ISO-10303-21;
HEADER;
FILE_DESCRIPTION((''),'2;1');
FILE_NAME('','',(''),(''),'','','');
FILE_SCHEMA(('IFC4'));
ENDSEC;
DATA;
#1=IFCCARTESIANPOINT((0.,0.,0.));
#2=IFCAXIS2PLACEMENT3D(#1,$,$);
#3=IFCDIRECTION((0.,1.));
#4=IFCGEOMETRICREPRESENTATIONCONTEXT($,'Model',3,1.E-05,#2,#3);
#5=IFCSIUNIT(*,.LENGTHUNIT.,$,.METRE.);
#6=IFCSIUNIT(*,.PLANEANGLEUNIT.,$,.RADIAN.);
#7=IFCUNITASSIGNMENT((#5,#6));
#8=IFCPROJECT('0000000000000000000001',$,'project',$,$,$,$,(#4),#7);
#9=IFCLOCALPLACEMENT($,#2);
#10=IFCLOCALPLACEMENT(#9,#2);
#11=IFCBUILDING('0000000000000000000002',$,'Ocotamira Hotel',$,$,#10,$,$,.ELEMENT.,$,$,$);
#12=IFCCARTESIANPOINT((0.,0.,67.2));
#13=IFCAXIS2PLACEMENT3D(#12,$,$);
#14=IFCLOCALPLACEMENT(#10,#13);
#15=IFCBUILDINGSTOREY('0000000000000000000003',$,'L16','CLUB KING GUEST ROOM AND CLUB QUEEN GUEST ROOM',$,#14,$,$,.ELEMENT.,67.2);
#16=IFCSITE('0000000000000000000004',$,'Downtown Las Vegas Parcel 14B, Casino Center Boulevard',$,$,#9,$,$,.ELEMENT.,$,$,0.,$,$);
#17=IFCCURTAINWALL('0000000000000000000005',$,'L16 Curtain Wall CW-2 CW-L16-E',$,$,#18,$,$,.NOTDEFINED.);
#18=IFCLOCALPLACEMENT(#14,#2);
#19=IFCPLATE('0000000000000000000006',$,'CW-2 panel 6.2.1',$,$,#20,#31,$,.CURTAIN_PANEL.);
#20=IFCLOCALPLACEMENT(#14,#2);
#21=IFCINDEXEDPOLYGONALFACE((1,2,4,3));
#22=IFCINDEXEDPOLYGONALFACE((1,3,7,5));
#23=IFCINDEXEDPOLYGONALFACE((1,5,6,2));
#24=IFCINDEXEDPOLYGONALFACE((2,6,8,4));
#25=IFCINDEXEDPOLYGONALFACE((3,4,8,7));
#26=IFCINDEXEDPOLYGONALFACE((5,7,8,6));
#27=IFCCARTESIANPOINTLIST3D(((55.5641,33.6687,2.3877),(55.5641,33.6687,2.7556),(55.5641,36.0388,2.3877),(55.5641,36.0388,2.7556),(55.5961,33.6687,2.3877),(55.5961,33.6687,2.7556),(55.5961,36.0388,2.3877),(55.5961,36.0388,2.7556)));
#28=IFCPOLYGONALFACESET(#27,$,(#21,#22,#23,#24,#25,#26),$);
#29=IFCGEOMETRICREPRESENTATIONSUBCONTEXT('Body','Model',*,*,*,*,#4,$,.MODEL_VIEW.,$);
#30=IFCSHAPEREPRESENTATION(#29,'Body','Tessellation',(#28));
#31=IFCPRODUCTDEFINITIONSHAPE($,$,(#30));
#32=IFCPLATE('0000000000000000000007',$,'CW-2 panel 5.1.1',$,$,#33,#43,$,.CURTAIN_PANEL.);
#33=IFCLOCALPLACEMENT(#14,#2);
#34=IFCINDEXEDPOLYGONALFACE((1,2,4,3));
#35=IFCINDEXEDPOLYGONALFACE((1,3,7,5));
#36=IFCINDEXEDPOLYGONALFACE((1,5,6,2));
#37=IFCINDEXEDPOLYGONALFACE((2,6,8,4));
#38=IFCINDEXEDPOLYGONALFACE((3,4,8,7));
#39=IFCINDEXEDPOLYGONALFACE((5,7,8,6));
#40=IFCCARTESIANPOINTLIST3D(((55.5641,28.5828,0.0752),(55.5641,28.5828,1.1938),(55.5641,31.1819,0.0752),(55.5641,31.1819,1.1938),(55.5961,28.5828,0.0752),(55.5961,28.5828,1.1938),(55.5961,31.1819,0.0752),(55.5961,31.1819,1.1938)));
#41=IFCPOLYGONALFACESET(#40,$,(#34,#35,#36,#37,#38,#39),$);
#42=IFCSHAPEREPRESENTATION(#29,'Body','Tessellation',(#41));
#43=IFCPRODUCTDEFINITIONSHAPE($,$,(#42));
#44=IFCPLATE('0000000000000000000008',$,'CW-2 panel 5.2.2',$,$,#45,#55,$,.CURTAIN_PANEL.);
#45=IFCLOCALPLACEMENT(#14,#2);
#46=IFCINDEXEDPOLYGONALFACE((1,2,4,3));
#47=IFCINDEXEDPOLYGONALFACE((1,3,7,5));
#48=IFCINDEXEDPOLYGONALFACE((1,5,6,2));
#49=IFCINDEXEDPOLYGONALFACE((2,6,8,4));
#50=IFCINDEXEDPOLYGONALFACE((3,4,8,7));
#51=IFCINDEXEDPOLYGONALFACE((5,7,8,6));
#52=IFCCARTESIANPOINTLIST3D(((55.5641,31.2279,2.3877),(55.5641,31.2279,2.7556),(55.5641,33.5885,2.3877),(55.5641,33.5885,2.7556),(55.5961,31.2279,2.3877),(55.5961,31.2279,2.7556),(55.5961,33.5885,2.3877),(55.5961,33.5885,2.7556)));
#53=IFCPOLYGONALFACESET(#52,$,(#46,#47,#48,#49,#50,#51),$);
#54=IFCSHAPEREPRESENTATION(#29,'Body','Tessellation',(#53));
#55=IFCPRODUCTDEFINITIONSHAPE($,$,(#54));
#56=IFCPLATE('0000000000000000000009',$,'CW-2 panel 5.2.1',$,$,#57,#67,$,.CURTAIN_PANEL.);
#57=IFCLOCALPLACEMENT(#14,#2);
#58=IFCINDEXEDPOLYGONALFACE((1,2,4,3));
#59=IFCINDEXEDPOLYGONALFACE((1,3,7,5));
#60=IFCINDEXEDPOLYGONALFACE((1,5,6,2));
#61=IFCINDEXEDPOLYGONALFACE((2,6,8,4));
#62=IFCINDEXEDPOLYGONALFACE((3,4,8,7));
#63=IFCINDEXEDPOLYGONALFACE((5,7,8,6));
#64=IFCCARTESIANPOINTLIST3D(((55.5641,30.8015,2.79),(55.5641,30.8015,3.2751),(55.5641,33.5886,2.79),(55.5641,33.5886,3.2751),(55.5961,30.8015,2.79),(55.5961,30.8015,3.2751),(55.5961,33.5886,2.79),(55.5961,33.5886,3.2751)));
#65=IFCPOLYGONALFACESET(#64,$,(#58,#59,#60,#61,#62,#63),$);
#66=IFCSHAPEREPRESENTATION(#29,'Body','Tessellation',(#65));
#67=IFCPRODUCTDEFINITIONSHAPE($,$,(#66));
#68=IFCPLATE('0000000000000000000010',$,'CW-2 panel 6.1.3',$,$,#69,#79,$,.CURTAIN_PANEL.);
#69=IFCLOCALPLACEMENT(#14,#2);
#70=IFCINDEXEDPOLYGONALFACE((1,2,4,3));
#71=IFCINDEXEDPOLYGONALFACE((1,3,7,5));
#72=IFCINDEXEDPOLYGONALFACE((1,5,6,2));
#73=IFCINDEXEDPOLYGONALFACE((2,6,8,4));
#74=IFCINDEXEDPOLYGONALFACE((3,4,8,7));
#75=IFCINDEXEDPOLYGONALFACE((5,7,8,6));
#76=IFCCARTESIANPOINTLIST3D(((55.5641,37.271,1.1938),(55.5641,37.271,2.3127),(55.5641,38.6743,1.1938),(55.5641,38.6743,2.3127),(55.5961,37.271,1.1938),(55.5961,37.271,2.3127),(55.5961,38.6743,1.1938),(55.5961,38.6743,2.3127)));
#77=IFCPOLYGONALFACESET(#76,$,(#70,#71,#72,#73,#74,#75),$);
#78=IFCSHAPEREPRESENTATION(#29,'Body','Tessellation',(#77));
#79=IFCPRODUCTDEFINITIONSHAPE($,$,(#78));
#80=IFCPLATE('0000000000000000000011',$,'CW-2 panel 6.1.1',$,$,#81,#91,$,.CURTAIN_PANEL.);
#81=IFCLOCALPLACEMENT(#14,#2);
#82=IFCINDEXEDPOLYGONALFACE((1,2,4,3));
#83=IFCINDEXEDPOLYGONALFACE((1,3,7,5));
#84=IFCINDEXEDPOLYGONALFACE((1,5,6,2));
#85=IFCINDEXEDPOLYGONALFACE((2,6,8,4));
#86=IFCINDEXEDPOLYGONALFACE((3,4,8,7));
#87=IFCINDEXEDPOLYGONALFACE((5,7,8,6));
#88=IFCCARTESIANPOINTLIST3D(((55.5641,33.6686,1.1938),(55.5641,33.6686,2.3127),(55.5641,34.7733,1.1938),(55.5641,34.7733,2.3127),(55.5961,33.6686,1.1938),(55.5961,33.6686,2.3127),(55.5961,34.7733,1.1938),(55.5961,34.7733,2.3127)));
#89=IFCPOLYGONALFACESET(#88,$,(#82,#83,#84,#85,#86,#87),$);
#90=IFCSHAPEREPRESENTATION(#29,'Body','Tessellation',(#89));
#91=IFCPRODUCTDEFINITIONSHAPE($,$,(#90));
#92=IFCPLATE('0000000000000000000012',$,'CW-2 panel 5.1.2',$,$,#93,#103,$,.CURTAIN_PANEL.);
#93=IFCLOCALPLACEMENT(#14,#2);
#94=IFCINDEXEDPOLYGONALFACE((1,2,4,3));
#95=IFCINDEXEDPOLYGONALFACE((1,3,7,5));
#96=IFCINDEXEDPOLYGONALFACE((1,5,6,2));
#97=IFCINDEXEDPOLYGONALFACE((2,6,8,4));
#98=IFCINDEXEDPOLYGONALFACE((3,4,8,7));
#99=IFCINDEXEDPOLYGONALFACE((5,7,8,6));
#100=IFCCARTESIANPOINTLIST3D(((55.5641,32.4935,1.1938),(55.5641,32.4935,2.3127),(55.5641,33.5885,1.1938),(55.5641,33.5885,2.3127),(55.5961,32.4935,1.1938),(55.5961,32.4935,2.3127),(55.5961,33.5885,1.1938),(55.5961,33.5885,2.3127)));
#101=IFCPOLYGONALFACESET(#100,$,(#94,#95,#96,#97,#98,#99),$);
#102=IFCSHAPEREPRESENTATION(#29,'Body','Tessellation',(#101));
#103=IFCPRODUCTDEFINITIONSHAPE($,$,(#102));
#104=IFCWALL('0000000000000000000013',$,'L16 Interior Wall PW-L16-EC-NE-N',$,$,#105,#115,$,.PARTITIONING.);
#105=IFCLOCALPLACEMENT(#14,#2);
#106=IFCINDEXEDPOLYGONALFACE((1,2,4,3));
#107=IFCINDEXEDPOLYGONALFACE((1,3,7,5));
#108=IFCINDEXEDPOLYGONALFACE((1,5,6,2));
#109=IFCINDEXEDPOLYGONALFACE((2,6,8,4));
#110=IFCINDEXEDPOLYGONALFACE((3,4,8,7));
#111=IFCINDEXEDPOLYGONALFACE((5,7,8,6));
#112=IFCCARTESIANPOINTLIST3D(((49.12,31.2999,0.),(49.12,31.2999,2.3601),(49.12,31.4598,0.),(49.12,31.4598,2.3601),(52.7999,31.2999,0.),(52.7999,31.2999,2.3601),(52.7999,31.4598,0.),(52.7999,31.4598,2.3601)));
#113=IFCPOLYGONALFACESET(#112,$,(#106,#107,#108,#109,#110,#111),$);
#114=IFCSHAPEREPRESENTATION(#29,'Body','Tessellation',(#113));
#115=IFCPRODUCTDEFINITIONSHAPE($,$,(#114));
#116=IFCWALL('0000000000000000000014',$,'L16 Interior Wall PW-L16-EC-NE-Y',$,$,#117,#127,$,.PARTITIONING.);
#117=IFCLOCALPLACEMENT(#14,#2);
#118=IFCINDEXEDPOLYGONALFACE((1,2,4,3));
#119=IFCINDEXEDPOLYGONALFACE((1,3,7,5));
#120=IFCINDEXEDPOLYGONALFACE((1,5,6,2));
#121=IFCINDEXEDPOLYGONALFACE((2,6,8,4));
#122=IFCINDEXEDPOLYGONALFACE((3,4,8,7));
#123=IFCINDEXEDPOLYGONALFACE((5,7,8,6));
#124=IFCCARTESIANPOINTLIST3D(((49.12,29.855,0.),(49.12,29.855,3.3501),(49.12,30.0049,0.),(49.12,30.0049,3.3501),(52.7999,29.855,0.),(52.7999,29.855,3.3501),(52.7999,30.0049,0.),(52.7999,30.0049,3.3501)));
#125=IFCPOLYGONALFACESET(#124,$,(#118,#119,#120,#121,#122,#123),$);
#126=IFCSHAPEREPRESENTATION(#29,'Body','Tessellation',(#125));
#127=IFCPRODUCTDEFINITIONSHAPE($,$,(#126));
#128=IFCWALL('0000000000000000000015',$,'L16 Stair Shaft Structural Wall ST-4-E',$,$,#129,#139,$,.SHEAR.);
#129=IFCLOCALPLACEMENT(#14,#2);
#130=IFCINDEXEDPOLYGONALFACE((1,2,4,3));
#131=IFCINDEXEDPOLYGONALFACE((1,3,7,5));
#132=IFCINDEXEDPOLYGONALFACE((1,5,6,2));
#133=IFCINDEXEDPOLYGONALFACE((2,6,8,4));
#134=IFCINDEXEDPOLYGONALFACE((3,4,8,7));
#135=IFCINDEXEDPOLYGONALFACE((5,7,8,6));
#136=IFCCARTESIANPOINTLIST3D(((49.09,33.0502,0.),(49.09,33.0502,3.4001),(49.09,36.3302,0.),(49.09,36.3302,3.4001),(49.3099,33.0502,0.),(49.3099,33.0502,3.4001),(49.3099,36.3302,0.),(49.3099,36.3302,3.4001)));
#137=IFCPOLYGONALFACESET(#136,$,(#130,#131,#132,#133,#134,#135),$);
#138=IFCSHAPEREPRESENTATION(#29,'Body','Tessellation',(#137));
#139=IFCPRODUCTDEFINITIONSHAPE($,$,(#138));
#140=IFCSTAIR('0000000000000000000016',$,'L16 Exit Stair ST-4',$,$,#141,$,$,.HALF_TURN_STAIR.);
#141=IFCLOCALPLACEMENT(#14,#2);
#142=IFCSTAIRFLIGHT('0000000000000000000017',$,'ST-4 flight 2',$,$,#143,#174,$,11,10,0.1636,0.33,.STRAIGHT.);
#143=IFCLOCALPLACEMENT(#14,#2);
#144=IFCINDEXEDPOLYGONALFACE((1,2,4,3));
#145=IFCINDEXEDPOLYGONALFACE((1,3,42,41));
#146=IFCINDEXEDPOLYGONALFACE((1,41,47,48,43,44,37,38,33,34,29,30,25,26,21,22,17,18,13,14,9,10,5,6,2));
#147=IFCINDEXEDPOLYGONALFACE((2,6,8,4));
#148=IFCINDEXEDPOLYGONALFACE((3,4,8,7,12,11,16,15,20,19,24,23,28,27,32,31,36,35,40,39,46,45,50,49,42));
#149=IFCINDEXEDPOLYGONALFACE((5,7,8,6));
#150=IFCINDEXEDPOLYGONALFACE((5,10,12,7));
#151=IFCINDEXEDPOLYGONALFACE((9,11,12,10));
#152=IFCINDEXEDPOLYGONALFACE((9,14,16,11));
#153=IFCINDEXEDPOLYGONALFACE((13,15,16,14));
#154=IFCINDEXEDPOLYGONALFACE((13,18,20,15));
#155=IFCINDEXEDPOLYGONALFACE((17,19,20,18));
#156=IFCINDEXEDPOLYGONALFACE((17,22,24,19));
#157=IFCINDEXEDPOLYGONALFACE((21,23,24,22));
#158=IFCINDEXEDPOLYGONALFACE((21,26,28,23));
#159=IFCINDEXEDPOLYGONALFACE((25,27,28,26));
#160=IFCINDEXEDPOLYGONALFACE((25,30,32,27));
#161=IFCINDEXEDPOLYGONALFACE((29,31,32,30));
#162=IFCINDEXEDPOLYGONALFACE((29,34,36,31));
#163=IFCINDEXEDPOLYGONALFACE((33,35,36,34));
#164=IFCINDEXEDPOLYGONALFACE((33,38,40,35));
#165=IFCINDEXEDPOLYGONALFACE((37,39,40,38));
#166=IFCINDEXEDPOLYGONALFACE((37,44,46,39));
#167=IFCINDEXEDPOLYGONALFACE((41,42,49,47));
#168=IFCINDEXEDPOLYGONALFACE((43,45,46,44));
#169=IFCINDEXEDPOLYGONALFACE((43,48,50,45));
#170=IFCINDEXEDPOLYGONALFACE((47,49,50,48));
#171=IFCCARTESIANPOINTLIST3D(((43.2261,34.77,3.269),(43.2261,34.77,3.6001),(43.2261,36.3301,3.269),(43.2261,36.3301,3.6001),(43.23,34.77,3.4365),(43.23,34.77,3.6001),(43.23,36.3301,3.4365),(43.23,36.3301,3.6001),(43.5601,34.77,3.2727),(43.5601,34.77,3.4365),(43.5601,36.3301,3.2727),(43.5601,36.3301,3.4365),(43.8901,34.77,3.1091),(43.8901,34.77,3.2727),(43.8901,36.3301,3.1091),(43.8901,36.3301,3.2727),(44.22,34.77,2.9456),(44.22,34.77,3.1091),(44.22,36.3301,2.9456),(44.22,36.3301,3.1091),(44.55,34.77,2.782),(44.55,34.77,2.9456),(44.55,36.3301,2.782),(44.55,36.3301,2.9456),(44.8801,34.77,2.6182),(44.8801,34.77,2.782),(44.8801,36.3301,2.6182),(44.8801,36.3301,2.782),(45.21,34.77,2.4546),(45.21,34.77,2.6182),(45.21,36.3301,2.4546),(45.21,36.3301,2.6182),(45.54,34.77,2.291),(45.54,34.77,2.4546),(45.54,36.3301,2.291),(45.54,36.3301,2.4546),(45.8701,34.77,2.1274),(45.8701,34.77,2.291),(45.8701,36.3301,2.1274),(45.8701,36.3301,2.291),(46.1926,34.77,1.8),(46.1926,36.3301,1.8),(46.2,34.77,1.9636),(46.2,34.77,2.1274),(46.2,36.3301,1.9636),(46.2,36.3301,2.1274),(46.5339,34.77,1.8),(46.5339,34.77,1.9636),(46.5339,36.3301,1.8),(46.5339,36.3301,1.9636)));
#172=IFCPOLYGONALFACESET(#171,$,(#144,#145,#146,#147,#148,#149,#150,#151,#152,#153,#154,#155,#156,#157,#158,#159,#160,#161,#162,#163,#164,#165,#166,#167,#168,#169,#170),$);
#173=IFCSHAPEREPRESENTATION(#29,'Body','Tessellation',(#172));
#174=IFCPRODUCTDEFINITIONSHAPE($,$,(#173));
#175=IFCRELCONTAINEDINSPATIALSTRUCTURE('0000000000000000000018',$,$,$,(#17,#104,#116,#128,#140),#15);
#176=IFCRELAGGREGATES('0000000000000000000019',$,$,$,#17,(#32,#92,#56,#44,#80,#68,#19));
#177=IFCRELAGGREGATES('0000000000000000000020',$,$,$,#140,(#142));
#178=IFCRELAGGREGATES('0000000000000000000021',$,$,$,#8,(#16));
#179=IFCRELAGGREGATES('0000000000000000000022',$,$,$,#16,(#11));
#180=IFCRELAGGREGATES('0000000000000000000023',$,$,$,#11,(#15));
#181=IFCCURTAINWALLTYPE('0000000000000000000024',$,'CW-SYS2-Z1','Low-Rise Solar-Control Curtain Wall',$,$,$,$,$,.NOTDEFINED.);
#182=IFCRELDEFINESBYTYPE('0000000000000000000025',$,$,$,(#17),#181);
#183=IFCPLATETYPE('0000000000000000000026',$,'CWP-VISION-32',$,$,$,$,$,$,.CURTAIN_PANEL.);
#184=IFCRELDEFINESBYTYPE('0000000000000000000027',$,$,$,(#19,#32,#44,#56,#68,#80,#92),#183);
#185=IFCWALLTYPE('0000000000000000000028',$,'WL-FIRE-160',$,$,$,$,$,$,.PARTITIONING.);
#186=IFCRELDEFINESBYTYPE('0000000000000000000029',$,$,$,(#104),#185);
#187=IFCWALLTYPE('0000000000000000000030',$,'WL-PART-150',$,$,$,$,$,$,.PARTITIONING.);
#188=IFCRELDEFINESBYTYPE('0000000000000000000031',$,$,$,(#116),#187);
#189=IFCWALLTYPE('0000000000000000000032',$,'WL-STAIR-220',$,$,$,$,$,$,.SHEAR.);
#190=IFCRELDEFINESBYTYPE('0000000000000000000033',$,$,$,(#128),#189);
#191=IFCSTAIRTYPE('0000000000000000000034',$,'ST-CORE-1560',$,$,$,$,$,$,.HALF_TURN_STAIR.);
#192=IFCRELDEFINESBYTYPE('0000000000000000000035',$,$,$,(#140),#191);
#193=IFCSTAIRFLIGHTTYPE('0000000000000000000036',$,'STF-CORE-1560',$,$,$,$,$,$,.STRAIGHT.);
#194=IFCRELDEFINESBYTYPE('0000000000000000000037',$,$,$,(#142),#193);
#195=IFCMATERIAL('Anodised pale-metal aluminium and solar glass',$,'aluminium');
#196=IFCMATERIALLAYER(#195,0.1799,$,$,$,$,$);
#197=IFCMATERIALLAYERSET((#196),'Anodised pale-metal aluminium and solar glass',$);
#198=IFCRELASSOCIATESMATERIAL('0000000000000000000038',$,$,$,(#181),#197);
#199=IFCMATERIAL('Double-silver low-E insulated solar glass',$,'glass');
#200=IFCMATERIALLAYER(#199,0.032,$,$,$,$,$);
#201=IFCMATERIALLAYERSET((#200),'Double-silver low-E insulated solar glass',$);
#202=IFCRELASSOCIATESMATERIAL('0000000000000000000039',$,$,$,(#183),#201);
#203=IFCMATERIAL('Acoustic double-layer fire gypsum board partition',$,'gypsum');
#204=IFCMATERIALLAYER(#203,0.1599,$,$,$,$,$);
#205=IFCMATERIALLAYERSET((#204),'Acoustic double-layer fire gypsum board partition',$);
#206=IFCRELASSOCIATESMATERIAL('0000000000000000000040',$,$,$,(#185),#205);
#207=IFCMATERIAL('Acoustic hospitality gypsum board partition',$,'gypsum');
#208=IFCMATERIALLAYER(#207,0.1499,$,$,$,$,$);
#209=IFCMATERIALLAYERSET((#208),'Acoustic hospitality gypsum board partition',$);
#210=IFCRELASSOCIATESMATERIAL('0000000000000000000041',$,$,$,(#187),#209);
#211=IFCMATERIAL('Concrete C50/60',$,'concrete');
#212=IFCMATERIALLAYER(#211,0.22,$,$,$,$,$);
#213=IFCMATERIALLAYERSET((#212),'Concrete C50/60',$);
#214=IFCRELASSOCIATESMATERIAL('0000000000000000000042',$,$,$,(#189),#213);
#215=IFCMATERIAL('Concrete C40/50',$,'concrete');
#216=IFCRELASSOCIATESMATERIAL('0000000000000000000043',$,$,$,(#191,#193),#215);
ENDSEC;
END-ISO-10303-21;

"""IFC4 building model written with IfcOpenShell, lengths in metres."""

from ifc_helpers import new_model, si_unit, direction, frame, frame_2d, origin, origin_2d, place, context, subcontext, project, spatial, polyline, rectangle, outline, extrude, source, transform, mapped, material, layer, layer_set, type_object, element, aggregate, save


model = new_model("IFC4")

# Units and contexts
model_context = context("Model", 3, precision=1e-05, world=origin(), true_north=direction((0.0, 1.0)))
body_context = subcontext(model_context, "Body", "Model", "MODEL_VIEW")
ifc_project = project(units=[si_unit("LENGTHUNIT", "METRE"), si_unit("PLANEANGLEUNIT", "RADIAN")], contexts=[model_context])

# Site, building, storey
site_placement = place(None, origin())
site = spatial("IfcSite", under=ifc_project, at=site_placement, Name="Downtown Las Vegas Parcel 14B, Casino Center Boulevard", CompositionType="ELEMENT", RefElevation=0.0)
building_placement = place(site_placement, origin())
building = spatial("IfcBuilding", under=site, at=building_placement, Name="Ocotamira Hotel", CompositionType="ELEMENT")
storey_placement = place(building_placement, frame((0.0, 0.0, 67.2)))
storey = spatial("IfcBuildingStorey", under=building, at=storey_placement, Name="L16", Description="CLUB KING GUEST ROOM AND CLUB QUEEN GUEST ROOM", CompositionType="ELEMENT", Elevation=67.2)

# Curtain wall
ifc_material_1 = material(Name="Anodised pale-metal aluminium and solar glass", Category="aluminium")
ifc_layer_1 = layer(ifc_material_1, 0.1799)
ifc_layer_set_1 = layer_set([ifc_layer_1], Name="Anodised pale-metal aluminium and solar glass")
curtain_wall_type = type_object("IfcCurtainWallType", Name="CW-SYS2-Z1", Description="Low-Rise Solar-Control Curtain Wall", PredefinedType="NOTDEFINED", material=ifc_layer_set_1)
curtain_wall_placement = place(storey_placement, origin())
curtain_wall = element("IfcCurtainWall", 1, at=curtain_wall_placement, inside=storey, type_object=curtain_wall_type, Name="L16 Curtain Wall CW-2 CW-L16-E", PredefinedType="NOTDEFINED")

# Plates
ifc_material_2 = material(Name="Double-silver low-E insulated solar glass", Category="glass")
ifc_layer_2 = layer(ifc_material_2, 0.032)
ifc_layer_set_2 = layer_set([ifc_layer_2], Name="Double-silver low-E insulated solar glass")
plate_type_1 = type_object("IfcPlateType", Name="CWP-VISION-32", PredefinedType="CURTAIN_PANEL", material=ifc_layer_set_2)
shared_shape_1 = source(origin(), body_context, "Body", "SweptSolid", [
    extrude(rectangle(XDim=2.3701, YDim=0.032, at=origin_2d()), origin(), (0.0, 0.0, 1.0), 0.3679),
])
plate_1_placement = place(storey_placement, frame((55.5801, 34.8538, 2.3877), z_axis=(0.0, 0.0, 1.0), x_axis=(0.0, 1.0, 0.0)))
plate_1 = element("IfcPlate", 2, at=plate_1_placement, type_object=plate_type_1, Name="CW-2 panel 6.2.1", PredefinedType="CURTAIN_PANEL", context=body_context, shape_type="MappedRepresentation", body=[
    mapped(shared_shape_1, transform((0.0, 0.0, 0.0), scale=1.0)),
])
shared_shape_2 = source(origin(), body_context, "Body", "SweptSolid", [
    extrude(rectangle(XDim=2.5991, YDim=0.032, at=origin_2d()), origin(), (0.0, 0.0, 1.0), 1.1187),
])
plate_2_placement = place(storey_placement, frame((55.5801, 29.8823, 0.0752), z_axis=(0.0, 0.0, 1.0), x_axis=(0.0, 1.0, 0.0)))
plate_2 = element("IfcPlate", 3, at=plate_2_placement, type_object=plate_type_1, Name="CW-2 panel 5.1.1", PredefinedType="CURTAIN_PANEL", context=body_context, shape_type="MappedRepresentation", body=[
    mapped(shared_shape_2, transform((0.0, 0.0, 0.0), scale=1.0)),
])
shared_shape_3 = source(origin(), body_context, "Body", "SweptSolid", [
    extrude(rectangle(XDim=2.3606, YDim=0.032, at=origin_2d()), origin(), (0.0, 0.0, 1.0), 0.3679),
])
plate_3_placement = place(storey_placement, frame((55.5801, 32.4082, 2.3877), z_axis=(0.0, 0.0, 1.0), x_axis=(0.0, 1.0, 0.0)))
plate_3 = element("IfcPlate", 4, at=plate_3_placement, type_object=plate_type_1, Name="CW-2 panel 5.2.2", PredefinedType="CURTAIN_PANEL", context=body_context, shape_type="MappedRepresentation", body=[
    mapped(shared_shape_3, transform((0.0, 0.0, 0.0), scale=1.0)),
])
shared_shape_4 = source(origin(), body_context, "Body", "SweptSolid", [
    extrude(rectangle(XDim=2.7871, YDim=0.032, at=origin_2d()), origin(), (0.0, 0.0, 1.0), 0.4851),
])
plate_4_placement = place(storey_placement, frame((55.5801, 32.1951, 2.79), z_axis=(0.0, 0.0, 1.0), x_axis=(0.0, 1.0, 0.0)))
plate_4 = element("IfcPlate", 5, at=plate_4_placement, type_object=plate_type_1, Name="CW-2 panel 5.2.1", PredefinedType="CURTAIN_PANEL", context=body_context, shape_type="MappedRepresentation", body=[
    mapped(shared_shape_4, transform((0.0, 0.0, 0.0), scale=1.0)),
])
shared_shape_5 = source(origin(), body_context, "Body", "SweptSolid", [
    extrude(rectangle(XDim=1.4033, YDim=0.032, at=origin_2d()), origin(), (0.0, 0.0, 1.0), 1.1189),
])
plate_5_placement = place(storey_placement, frame((55.5801, 37.9727, 1.1938), z_axis=(0.0, 0.0, 1.0), x_axis=(0.0, 1.0, 0.0)))
plate_5 = element("IfcPlate", 6, at=plate_5_placement, type_object=plate_type_1, Name="CW-2 panel 6.1.3", PredefinedType="CURTAIN_PANEL", context=body_context, shape_type="MappedRepresentation", body=[
    mapped(shared_shape_5, transform((0.0, 0.0, 0.0), scale=1.0)),
])
shared_shape_6 = source(origin(), body_context, "Body", "SweptSolid", [
    extrude(rectangle(XDim=1.1047, YDim=0.032, at=origin_2d()), origin(), (0.0, 0.0, 1.0), 1.1189),
])
plate_6_placement = place(storey_placement, frame((55.5801, 34.2209, 1.1938), z_axis=(0.0, 0.0, 1.0), x_axis=(0.0, 1.0, 0.0)))
plate_6 = element("IfcPlate", 7, at=plate_6_placement, type_object=plate_type_1, Name="CW-2 panel 6.1.1", PredefinedType="CURTAIN_PANEL", context=body_context, shape_type="MappedRepresentation", body=[
    mapped(shared_shape_6, transform((0.0, 0.0, 0.0), scale=1.0)),
])
shared_shape_7 = source(origin(), body_context, "Body", "SweptSolid", [
    extrude(rectangle(XDim=1.095, YDim=0.032, at=origin_2d()), origin(), (0.0, 0.0, 1.0), 1.1189),
])
plate_7_placement = place(storey_placement, frame((55.5801, 33.041, 1.1938), z_axis=(0.0, 0.0, 1.0), x_axis=(0.0, 1.0, 0.0)))
plate_7 = element("IfcPlate", 8, at=plate_7_placement, type_object=plate_type_1, Name="CW-2 panel 5.1.2", PredefinedType="CURTAIN_PANEL", context=body_context, shape_type="MappedRepresentation", body=[
    mapped(shared_shape_7, transform((0.0, 0.0, 0.0), scale=1.0)),
])
aggregate(curtain_wall, [plate_2, plate_7, plate_4, plate_3, plate_6, plate_5, plate_1])

# Walls
ifc_material_3 = material(Name="Acoustic double-layer fire gypsum board partition", Category="gypsum")
ifc_layer_3 = layer(ifc_material_3, 0.1599)
ifc_layer_set_3 = layer_set([ifc_layer_3], Name="Acoustic double-layer fire gypsum board partition")
wall_type_1 = type_object("IfcWallType", Name="WL-FIRE-160", PredefinedType="PARTITIONING", material=ifc_layer_set_3)
wall_1_placement = place(storey_placement, frame((49.1201, 31.3799, 0.0), z_axis=(0.0, 0.0, 1.0), x_axis=(1.0, 0.0, 0.0)))
element("IfcWall", 9, at=wall_1_placement, inside=storey, type_object=wall_type_1, Name="L16 Interior Wall PW-L16-EC-NE-N", PredefinedType="PARTITIONING", context=body_context, shape_type="SweptSolid", body=[
    extrude(rectangle(XDim=3.6799, YDim=0.1599, at=frame_2d((1.8398, 0.0))), origin(), (0.0, 0.0, 1.0), 2.3601),
])
ifc_material_4 = material(Name="Acoustic hospitality gypsum board partition", Category="gypsum")
ifc_layer_4 = layer(ifc_material_4, 0.1499)
ifc_layer_set_4 = layer_set([ifc_layer_4], Name="Acoustic hospitality gypsum board partition")
wall_type_2 = type_object("IfcWallType", Name="WL-PART-150", PredefinedType="PARTITIONING", material=ifc_layer_set_4)
wall_2_placement = place(storey_placement, frame((49.1201, 29.9299, 0.0), z_axis=(0.0, 0.0, 1.0), x_axis=(1.0, 0.0, 0.0)))
element("IfcWall", 10, at=wall_2_placement, inside=storey, type_object=wall_type_2, Name="L16 Interior Wall PW-L16-EC-NE-Y", PredefinedType="PARTITIONING", context=body_context, shape_type="SweptSolid", body=[
    extrude(rectangle(XDim=3.6799, YDim=0.1499, at=frame_2d((1.8398, 0.0))), origin(), (0.0, 0.0, 1.0), 3.3501),
])
ifc_material_5 = material(Name="Concrete C50/60", Category="concrete")
ifc_layer_5 = layer(ifc_material_5, 0.22)
ifc_layer_set_5 = layer_set([ifc_layer_5], Name="Concrete C50/60")
wall_type_3 = type_object("IfcWallType", Name="WL-STAIR-220", PredefinedType="SHEAR", material=ifc_layer_set_5)
wall_3_placement = place(storey_placement, frame((49.2, 33.05, 0.0), z_axis=(0.0, 0.0, 1.0), x_axis=(0.0, 1.0, 0.0)))
element("IfcWall", 11, at=wall_3_placement, inside=storey, type_object=wall_type_3, Name="L16 Stair Shaft Structural Wall ST-4-E", PredefinedType="SHEAR", context=body_context, shape_type="SweptSolid", body=[
    extrude(rectangle(XDim=3.28, YDim=0.22, at=frame_2d((1.6401, 0.0))), origin(), (0.0, 0.0, 1.0), 3.4001),
])

# Stair, stair flight
ifc_material_6 = material(Name="Concrete C40/50", Category="concrete")
stair_type = type_object("IfcStairType", Name="ST-CORE-1560", PredefinedType="HALF_TURN_STAIR", material=ifc_material_6)
stair_placement = place(storey_placement, origin())
stair = element("IfcStair", 12, at=stair_placement, inside=storey, type_object=stair_type, Name="L16 Exit Stair ST-4", PredefinedType="HALF_TURN_STAIR")
stair_flight_type = type_object("IfcStairFlightType", Name="STF-CORE-1560", PredefinedType="STRAIGHT", material=ifc_material_6)
shared_shape_8 = source(origin(), body_context, "Body", "SweptSolid", [
    extrude(outline(polyline([(-0.0039, 0.0), (-0.0039, 0.1636), (0.3301, 0.1636), (0.3301, 0.3274), (0.6599, 0.3274), (0.6599, 0.491), (0.99, 0.491), (0.99, 0.6545), (1.3201, 0.6545), (1.3201, 0.8181), (1.6499, 0.8181), (1.6499, 0.9819), (1.98, 0.9819), (1.98, 1.1455), (2.3101, 1.1455), (2.3101, 1.3091), (2.6399, 1.3091), (2.6399, 1.4727), (2.97, 1.4727), (2.97, 1.6365), (3.3, 1.6365), (3.3, 1.8), (3.304, 1.8), (3.304, 1.469), (0.3374, 0.0), (-0.0039, 0.0)])), frame((0.0, 0.78, 0.0), z_axis=(0.0, -1.0, 0.0), x_axis=(1.0, 0.0, 0.0)), (0.0, 0.0, 1.0), 1.5601),
])
stair_flight_placement = place(storey_placement, frame((46.53, 35.55, 1.8), z_axis=(0.0, 0.0, 1.0), x_axis=(-1.0, 0.0, 0.0)))
stair_flight = element("IfcStairFlight", 13, at=stair_flight_placement, type_object=stair_flight_type, Name="ST-4 flight 2", NumberOfRisers=11, NumberOfTreads=10, PredefinedType="STRAIGHT", RiserHeight=0.1636, TreadLength=0.33, context=body_context, shape_type="MappedRepresentation", body=[
    mapped(shared_shape_8, transform((0.0, 0.0, 0.0), scale=1.0)),
])
aggregate(stair, [stair_flight])

save(model, "model.ifc")
